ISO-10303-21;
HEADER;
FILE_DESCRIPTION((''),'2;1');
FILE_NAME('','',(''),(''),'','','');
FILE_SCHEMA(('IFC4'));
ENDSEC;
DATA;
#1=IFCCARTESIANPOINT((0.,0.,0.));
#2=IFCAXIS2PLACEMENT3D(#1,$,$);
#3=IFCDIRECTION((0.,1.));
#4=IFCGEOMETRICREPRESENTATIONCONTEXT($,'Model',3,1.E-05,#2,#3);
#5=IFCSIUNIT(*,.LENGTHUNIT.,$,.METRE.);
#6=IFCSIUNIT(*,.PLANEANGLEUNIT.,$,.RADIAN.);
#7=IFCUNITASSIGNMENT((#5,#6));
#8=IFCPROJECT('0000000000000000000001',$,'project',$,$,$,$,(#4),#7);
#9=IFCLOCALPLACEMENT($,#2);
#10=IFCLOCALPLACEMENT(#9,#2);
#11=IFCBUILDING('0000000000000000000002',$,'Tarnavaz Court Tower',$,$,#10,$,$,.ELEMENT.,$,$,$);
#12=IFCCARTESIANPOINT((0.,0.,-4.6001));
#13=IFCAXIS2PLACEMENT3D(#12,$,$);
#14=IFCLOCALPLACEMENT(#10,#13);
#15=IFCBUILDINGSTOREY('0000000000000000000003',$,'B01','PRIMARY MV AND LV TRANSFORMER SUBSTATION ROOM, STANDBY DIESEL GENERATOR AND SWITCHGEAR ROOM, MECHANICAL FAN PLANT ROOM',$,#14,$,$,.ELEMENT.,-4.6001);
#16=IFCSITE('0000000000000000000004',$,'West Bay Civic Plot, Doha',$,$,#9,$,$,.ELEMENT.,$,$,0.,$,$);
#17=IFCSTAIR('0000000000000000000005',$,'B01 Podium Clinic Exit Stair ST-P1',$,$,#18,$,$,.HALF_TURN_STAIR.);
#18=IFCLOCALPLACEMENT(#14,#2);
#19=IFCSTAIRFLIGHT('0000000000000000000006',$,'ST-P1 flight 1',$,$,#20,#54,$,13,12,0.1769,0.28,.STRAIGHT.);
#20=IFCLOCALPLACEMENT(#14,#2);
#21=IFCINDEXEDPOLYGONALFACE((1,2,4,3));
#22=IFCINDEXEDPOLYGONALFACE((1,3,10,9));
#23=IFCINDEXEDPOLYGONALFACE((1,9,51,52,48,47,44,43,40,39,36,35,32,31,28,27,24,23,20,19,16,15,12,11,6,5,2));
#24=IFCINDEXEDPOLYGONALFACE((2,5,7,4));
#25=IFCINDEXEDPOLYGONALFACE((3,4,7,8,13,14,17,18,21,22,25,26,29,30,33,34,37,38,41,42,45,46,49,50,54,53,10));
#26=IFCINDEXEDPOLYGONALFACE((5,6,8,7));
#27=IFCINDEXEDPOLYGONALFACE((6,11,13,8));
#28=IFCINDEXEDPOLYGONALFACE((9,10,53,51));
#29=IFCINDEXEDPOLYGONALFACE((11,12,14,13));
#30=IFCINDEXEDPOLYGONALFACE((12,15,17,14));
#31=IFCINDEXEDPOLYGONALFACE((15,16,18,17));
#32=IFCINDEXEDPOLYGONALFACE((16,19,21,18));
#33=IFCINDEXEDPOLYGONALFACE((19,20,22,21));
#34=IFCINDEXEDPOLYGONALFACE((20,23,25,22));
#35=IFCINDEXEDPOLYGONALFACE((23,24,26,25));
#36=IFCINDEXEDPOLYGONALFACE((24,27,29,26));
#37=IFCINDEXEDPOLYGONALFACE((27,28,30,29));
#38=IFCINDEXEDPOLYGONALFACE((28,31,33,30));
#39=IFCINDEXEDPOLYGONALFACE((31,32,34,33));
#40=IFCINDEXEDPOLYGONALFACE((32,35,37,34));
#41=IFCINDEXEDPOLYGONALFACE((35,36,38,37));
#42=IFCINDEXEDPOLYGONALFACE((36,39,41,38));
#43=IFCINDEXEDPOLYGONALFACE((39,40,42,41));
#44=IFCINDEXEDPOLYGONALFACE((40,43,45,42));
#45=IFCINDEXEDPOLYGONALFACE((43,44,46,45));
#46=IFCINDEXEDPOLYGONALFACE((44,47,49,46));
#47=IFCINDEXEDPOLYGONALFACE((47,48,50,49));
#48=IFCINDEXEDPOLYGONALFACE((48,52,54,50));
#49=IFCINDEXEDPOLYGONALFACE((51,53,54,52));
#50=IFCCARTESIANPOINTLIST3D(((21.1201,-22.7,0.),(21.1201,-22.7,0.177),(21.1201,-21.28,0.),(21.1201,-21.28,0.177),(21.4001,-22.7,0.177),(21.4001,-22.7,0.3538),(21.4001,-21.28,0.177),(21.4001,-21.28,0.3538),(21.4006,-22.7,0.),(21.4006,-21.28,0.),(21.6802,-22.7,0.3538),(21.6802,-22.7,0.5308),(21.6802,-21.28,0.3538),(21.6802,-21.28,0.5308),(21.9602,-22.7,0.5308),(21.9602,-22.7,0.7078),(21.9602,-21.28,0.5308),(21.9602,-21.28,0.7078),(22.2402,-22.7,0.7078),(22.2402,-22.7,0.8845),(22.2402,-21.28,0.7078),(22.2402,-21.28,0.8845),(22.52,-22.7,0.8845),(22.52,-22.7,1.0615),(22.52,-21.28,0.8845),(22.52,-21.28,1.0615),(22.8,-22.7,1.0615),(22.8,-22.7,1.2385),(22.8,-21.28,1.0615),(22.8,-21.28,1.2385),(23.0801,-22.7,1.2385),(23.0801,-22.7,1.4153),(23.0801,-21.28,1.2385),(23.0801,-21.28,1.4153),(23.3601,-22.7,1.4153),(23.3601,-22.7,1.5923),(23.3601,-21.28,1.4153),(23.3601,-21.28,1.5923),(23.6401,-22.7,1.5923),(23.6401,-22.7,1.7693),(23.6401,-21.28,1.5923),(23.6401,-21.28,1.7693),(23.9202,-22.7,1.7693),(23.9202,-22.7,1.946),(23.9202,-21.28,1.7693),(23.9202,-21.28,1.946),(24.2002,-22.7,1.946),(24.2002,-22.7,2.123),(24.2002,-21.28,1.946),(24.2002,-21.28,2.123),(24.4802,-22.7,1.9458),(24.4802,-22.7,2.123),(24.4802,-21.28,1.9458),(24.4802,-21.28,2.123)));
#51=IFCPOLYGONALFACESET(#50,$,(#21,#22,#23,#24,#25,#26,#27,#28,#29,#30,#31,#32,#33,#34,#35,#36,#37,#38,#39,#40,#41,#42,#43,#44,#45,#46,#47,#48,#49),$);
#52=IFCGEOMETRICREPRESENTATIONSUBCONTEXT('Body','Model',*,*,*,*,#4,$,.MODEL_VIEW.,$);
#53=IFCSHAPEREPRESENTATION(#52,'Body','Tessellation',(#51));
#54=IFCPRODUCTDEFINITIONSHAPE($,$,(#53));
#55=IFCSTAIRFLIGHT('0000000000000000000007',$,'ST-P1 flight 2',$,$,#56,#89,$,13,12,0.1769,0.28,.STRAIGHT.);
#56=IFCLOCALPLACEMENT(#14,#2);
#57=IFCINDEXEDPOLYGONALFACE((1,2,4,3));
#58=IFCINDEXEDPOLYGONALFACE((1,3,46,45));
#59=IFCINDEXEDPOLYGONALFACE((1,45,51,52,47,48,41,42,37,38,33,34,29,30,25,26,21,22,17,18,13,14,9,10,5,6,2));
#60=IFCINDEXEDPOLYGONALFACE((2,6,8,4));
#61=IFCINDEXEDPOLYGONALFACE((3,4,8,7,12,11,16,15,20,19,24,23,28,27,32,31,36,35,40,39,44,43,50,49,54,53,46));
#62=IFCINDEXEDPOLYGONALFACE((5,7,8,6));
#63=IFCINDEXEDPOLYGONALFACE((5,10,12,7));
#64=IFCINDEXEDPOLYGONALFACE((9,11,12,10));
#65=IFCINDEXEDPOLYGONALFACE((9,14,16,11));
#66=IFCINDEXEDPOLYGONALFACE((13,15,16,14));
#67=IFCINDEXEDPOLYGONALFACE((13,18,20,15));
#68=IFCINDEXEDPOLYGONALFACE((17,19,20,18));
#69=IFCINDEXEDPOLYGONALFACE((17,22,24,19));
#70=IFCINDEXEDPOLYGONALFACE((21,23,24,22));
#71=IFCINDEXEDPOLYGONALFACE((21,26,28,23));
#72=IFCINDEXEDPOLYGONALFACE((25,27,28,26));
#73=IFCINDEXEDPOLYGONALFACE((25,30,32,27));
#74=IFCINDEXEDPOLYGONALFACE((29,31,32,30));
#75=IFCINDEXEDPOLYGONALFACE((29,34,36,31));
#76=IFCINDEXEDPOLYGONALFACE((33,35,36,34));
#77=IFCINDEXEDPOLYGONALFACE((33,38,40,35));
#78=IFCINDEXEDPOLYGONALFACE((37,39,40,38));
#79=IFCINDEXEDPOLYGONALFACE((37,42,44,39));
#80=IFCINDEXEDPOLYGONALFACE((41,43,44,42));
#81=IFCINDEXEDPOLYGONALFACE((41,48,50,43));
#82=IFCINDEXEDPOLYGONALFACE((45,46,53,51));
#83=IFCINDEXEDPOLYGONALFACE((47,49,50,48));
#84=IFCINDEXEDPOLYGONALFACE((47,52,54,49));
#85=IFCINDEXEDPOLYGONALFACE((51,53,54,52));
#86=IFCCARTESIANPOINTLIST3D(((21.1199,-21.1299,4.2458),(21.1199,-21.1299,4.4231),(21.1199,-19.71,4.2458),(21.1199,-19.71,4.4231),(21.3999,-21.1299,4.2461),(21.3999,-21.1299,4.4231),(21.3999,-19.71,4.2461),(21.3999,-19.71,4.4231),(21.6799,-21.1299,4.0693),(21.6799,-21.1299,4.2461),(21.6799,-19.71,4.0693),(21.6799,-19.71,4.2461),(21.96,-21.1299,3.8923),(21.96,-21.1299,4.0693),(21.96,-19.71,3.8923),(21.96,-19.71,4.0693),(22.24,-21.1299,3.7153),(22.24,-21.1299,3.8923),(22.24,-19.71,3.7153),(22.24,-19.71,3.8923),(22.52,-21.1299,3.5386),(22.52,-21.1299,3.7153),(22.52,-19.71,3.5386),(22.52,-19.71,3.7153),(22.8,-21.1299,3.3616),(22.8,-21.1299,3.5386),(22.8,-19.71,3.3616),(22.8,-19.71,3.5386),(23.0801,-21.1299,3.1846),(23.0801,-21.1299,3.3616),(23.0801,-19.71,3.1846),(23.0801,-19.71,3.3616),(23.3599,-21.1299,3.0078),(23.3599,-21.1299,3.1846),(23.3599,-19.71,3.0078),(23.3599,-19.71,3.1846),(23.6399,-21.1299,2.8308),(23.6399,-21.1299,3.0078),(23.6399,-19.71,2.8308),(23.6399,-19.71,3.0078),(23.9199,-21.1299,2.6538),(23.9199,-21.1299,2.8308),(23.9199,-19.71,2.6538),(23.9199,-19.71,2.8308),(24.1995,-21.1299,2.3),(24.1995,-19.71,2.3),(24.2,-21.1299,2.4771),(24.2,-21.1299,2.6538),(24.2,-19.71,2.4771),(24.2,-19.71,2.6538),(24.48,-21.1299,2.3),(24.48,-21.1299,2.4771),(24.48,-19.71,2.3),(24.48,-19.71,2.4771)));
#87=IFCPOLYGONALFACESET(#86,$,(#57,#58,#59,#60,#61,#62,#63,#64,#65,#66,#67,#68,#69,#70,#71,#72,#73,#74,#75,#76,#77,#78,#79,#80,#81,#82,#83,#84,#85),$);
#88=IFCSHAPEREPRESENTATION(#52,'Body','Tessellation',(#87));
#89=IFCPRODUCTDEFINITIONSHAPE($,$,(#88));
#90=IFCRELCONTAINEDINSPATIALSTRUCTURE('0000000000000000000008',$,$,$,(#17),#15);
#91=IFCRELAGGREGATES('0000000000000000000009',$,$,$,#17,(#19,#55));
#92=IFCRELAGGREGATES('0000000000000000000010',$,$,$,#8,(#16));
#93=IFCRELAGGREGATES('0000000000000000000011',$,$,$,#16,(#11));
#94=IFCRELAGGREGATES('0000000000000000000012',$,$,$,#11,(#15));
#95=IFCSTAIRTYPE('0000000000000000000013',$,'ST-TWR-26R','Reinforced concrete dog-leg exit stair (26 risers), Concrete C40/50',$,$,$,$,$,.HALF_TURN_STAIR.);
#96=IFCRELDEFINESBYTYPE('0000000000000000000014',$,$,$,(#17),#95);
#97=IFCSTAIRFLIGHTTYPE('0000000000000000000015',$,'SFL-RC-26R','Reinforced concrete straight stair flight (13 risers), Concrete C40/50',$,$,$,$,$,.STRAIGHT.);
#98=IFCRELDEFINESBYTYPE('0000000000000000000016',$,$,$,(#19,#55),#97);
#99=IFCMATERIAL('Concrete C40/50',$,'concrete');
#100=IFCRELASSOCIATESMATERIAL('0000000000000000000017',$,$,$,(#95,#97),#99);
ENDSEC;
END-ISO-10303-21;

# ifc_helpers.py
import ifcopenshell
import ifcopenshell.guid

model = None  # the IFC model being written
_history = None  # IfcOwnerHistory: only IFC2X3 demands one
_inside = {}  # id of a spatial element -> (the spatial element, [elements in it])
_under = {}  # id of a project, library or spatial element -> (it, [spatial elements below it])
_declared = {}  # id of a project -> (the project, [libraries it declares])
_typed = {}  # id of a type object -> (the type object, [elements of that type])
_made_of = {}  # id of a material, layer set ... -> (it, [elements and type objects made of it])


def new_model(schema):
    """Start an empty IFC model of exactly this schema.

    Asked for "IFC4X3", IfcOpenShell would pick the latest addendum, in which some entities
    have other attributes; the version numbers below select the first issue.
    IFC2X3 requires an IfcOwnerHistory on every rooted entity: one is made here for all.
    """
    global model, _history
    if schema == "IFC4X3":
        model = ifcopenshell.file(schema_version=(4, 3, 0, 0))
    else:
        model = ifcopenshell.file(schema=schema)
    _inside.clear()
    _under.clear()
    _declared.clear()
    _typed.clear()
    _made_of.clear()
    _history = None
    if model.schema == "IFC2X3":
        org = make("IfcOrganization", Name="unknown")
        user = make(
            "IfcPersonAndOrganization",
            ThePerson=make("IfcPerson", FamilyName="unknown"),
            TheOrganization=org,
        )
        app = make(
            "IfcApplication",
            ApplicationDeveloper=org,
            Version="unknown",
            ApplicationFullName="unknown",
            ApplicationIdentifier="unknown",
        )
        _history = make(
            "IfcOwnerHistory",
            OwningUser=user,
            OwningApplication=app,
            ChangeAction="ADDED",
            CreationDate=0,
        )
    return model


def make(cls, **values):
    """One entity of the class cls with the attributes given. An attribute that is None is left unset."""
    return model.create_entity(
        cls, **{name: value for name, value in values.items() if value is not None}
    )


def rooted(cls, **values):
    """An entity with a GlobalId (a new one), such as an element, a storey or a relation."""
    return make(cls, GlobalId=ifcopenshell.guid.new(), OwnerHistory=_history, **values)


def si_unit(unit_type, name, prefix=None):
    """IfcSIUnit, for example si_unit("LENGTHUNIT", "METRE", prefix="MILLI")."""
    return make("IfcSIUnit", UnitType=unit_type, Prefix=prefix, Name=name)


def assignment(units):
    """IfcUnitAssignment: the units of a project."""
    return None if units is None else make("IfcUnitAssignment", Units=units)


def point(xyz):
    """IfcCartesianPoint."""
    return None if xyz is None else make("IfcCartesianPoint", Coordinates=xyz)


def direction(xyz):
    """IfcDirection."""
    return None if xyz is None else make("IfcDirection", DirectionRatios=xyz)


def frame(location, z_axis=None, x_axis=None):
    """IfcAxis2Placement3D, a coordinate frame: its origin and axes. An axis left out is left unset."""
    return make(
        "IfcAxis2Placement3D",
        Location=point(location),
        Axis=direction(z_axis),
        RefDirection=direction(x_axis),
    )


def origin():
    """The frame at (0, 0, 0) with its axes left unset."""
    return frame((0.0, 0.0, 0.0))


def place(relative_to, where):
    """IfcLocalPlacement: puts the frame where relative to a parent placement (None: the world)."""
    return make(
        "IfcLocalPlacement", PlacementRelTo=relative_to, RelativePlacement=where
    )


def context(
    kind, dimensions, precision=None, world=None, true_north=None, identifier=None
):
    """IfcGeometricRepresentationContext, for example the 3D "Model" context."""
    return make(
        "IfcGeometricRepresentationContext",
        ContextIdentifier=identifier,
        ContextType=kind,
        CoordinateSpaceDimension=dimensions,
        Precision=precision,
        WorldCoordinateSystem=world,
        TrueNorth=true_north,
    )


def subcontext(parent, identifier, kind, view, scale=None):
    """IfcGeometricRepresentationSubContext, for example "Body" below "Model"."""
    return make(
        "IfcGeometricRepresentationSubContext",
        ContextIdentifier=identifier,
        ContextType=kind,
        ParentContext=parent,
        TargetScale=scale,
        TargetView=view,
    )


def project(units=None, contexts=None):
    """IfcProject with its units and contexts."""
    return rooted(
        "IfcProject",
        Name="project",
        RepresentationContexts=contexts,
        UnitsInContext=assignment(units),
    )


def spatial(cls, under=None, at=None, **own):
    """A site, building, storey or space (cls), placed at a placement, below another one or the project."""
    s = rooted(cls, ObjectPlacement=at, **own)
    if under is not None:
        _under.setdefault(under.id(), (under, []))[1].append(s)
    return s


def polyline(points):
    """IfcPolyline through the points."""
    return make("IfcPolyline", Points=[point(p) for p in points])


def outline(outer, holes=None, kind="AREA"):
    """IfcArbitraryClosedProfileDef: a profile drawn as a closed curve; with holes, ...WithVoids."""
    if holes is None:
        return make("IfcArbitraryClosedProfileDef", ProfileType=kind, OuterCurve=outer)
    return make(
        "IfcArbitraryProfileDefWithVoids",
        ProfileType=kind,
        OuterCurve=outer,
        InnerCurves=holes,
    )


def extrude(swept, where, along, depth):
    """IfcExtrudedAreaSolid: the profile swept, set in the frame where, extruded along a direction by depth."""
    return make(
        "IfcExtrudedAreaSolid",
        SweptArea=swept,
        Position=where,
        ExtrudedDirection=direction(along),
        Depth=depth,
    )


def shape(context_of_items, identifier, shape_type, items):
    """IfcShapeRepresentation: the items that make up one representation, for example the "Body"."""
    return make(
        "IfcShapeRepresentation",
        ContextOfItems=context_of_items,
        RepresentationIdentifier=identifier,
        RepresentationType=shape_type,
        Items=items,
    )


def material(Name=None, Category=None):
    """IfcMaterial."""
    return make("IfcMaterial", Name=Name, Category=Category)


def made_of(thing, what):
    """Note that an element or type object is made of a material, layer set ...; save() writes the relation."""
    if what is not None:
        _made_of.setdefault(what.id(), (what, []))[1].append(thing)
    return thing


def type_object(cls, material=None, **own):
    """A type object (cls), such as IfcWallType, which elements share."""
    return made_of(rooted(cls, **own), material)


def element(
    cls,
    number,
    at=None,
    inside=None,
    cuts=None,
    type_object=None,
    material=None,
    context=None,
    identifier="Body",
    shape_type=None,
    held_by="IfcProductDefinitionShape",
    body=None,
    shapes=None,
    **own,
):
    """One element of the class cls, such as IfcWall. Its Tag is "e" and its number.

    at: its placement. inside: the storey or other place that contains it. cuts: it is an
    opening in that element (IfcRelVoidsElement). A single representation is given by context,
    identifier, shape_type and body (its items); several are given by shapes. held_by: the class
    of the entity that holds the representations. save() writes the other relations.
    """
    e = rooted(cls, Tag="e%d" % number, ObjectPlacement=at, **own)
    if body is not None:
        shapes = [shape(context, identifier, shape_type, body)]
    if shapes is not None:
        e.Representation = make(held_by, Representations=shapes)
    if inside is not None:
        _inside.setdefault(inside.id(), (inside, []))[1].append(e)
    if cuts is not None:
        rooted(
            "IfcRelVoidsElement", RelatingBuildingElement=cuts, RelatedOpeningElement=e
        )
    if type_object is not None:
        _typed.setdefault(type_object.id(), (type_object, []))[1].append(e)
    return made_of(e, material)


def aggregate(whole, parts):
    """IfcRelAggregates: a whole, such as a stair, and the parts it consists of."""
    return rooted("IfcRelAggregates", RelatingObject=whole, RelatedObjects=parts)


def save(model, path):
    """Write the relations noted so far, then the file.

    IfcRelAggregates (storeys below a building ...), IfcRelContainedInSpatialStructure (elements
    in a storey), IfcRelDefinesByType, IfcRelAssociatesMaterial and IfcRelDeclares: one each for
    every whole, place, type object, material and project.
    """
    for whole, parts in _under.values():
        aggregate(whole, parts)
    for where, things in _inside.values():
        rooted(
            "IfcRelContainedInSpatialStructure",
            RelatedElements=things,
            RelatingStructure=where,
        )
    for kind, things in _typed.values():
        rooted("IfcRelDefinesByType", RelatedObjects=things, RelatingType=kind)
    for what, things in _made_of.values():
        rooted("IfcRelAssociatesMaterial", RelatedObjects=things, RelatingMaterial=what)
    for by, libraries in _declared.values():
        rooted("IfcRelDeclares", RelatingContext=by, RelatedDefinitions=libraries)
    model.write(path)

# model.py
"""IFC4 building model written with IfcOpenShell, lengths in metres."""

from ifc_helpers import new_model, si_unit, direction, frame, origin, place, context, subcontext, project, spatial, polyline, outline, extrude, material, type_object, element, aggregate, save


model = new_model("IFC4")

# Units and contexts
model_context = context("Model", 3, precision=1e-05, world=origin(), true_north=direction((0.0, 1.0)))
body_context = subcontext(model_context, "Body", "Model", "MODEL_VIEW")
ifc_project = project(units=[si_unit("LENGTHUNIT", "METRE"), si_unit("PLANEANGLEUNIT", "RADIAN")], contexts=[model_context])

# Site, building, storey
site_placement = place(None, origin())
site = spatial("IfcSite", under=ifc_project, at=site_placement, Name="West Bay Civic Plot, Doha", CompositionType="ELEMENT", RefElevation=0.0)
building_placement = place(site_placement, origin())
building = spatial("IfcBuilding", under=site, at=building_placement, Name="Tarnavaz Court Tower", CompositionType="ELEMENT")
storey_placement = place(building_placement, frame((0.0, 0.0, -4.6001)))
storey = spatial("IfcBuildingStorey", under=building, at=storey_placement, Name="B01", Description="PRIMARY MV AND LV TRANSFORMER SUBSTATION ROOM, STANDBY DIESEL GENERATOR AND SWITCHGEAR ROOM, MECHANICAL FAN PLANT ROOM", CompositionType="ELEMENT", Elevation=-4.6001)

# Stair, stair flights
ifc_material_1 = material(Name="Concrete C40/50", Category="concrete")
stair_type = type_object("IfcStairType", Name="ST-TWR-26R", Description="Reinforced concrete dog-leg exit stair (26 risers), Concrete C40/50", PredefinedType="HALF_TURN_STAIR", material=ifc_material_1)
stair_placement = place(storey_placement, origin())
stair = element("IfcStair", 1, at=stair_placement, inside=storey, type_object=stair_type, Name="B01 Podium Clinic Exit Stair ST-P1", PredefinedType="HALF_TURN_STAIR")
stair_flight_type = type_object("IfcStairFlightType", Name="SFL-RC-26R", Description="Reinforced concrete straight stair flight (13 risers), Concrete C40/50", PredefinedType="STRAIGHT", material=ifc_material_1)
stair_flight_1_placement = place(storey_placement, frame((21.1201, -21.99, 0.0), z_axis=(0.0, 0.0, 1.0), x_axis=(1.0, 0.0, 0.0)))
stair_flight_1 = element("IfcStairFlight", 2, at=stair_flight_1_placement, type_object=stair_flight_type, Name="ST-P1 flight 1", NumberOfRisers=13, NumberOfTreads=12, PredefinedType="STRAIGHT", RiserHeight=0.1769, TreadLength=0.28, context=body_context, shape_type="SweptSolid", body=[
    extrude(outline(polyline([(0.0, 0.0), (0.0, 0.177), (0.28, 0.177), (0.28, 0.3538), (0.5601, 0.3538), (0.5601, 0.5308), (0.8401, 0.5308), (0.8401, 0.7078), (1.1201, 0.7078), (1.1201, 0.8845), (1.3999, 0.8845), (1.3999, 1.0615), (1.6799, 1.0615), (1.6799, 1.2385), (1.96, 1.2385), (1.96, 1.4153), (2.24, 1.4153), (2.24, 1.5923), (2.52, 1.5923), (2.52, 1.7693), (2.8, 1.7693), (2.8, 1.946), (3.0801, 1.946), (3.0801, 2.123), (3.3601, 2.123), (3.3601, 2.3), (3.3601, 1.9458), (0.2805, 0.0), (0.0, 0.0)])), frame((0.0, 0.71, 0.0), z_axis=(0.0, -1.0, 0.0), x_axis=(1.0, 0.0, 0.0)), (0.0, 0.0, 1.0), 1.4199),
])
stair_flight_2_placement = place(storey_placement, frame((24.48, -20.4199, 2.3), z_axis=(0.0, 0.0, 1.0), x_axis=(-1.0, 0.0, 0.0)))
stair_flight_2 = element("IfcStairFlight", 3, at=stair_flight_2_placement, type_object=stair_flight_type, Name="ST-P1 flight 2", NumberOfRisers=13, NumberOfTreads=12, PredefinedType="STRAIGHT", RiserHeight=0.1769, TreadLength=0.28, context=body_context, shape_type="SweptSolid", body=[
    extrude(outline(polyline([(0.0, 0.0), (0.0, 0.177), (0.28, 0.177), (0.28, 0.3538), (0.5601, 0.3538), (0.5601, 0.5308), (0.8401, 0.5308), (0.8401, 0.7078), (1.1201, 0.7078), (1.1201, 0.8845), (1.3999, 0.8845), (1.3999, 1.0615), (1.6799, 1.0615), (1.6799, 1.2385), (1.96, 1.2385), (1.96, 1.4153), (2.24, 1.4153), (2.24, 1.5923), (2.52, 1.5923), (2.52, 1.7693), (2.8, 1.7693), (2.8, 1.946), (3.0801, 1.946), (3.0801, 2.123), (3.3601, 2.123), (3.3601, 2.3), (3.3601, 1.9458), (0.2805, 0.0), (0.0, 0.0)])), frame((0.0, 0.71, 0.0), z_axis=(0.0, -1.0, 0.0), x_axis=(1.0, 0.0, 0.0)), (0.0, 0.0, 1.0), 1.4199),
])
aggregate(stair, [stair_flight_1, stair_flight_2])

save(model, "model.ifc")
